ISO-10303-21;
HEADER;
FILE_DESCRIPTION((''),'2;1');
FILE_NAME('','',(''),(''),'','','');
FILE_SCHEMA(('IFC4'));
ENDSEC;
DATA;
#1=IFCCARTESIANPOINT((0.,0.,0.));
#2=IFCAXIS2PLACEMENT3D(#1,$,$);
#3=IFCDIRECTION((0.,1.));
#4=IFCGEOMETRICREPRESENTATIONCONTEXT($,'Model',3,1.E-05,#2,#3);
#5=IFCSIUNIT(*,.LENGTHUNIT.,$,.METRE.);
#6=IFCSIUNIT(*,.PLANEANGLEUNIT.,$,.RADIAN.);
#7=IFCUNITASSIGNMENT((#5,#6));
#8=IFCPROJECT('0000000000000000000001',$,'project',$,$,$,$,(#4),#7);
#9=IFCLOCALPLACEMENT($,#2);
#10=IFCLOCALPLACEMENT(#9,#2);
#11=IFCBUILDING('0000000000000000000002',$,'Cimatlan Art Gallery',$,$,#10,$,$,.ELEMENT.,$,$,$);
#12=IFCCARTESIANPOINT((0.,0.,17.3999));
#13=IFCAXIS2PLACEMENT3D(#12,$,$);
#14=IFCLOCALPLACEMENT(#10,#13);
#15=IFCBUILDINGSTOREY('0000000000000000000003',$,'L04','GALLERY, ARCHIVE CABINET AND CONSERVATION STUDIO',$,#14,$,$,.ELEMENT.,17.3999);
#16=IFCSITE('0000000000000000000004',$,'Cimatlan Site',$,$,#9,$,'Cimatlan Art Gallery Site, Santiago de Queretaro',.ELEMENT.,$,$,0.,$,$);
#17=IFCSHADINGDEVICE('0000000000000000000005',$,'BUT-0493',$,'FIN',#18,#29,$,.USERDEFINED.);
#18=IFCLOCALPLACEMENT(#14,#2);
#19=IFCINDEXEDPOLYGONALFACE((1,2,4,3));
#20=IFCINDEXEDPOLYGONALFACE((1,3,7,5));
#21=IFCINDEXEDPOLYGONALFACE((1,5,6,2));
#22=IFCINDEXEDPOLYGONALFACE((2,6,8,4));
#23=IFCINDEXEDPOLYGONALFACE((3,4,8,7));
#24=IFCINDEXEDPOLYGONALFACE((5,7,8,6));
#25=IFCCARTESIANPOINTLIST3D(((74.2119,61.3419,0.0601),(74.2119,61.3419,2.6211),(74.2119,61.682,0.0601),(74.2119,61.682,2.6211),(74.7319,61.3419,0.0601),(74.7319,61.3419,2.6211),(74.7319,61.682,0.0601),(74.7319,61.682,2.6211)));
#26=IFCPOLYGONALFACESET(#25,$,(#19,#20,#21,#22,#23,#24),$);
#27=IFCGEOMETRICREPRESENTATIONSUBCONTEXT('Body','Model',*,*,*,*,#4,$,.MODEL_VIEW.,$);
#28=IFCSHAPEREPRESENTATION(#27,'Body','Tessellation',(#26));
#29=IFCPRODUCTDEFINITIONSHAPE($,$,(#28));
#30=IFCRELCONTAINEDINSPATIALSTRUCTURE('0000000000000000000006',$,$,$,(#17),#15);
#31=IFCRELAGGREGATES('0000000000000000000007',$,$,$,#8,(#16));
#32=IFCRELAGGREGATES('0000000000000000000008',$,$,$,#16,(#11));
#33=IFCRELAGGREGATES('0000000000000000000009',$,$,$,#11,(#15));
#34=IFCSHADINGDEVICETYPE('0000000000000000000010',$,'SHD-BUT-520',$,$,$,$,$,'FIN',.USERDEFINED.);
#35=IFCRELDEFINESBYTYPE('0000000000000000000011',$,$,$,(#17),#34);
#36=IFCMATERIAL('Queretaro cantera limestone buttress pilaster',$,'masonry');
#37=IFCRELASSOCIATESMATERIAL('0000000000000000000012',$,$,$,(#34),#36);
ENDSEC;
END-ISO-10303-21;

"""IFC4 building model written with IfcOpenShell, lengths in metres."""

from ifc_helpers import new_model, si_unit, direction, frame, origin, origin_2d, place, context, subcontext, project, spatial, rectangle, extrude, material, type_object, element, save


model = new_model("IFC4")

# Units and contexts
model_context = context("Model", 3, precision=1e-05, world=origin(), true_north=direction((0.0, 1.0)))
body_context = subcontext(model_context, "Body", "Model", "MODEL_VIEW")
ifc_project = project(units=[si_unit("LENGTHUNIT", "METRE"), si_unit("PLANEANGLEUNIT", "RADIAN")], contexts=[model_context])

# Site, building, storey
site_placement = place(None, origin())
site = spatial("IfcSite", under=ifc_project, at=site_placement, Name="Cimatlan Site", LongName="Cimatlan Art Gallery Site, Santiago de Queretaro", CompositionType="ELEMENT", RefElevation=0.0)
building_placement = place(site_placement, origin())
building = spatial("IfcBuilding", under=site, at=building_placement, Name="Cimatlan Art Gallery", CompositionType="ELEMENT")
storey_placement = place(building_placement, frame((0.0, 0.0, 17.3999)))
storey = spatial("IfcBuildingStorey", under=building, at=storey_placement, Name="L04", Description="GALLERY, ARCHIVE CABINET AND CONSERVATION STUDIO", CompositionType="ELEMENT", Elevation=17.3999)

# Shading device
ifc_material_1 = material(Name="Queretaro cantera limestone buttress pilaster", Category="masonry")
shading_device_type = type_object("IfcShadingDeviceType", Name="SHD-BUT-520", ElementType="FIN", PredefinedType="USERDEFINED", material=ifc_material_1)
for number, where, z_axis, x_axis, name in (
    (1, (74.4719, 61.512, 0.0601), (0.0, 0.0, 1.0), (0.0, 1.0, 0.0), "BUT-0493"),
):
    element("IfcShadingDevice", number, at=place(storey_placement, frame(where, z_axis=z_axis, x_axis=x_axis)), inside=storey, type_object=shading_device_type, Name=name, ObjectType="FIN", PredefinedType="USERDEFINED", context=body_context, shape_type="SweptSolid", body=[
        extrude(rectangle(XDim=0.3401, YDim=0.52, at=origin_2d()), origin(), (0.0, 0.0, 1.0), 2.561),
    ])

save(model, "model.ifc")
